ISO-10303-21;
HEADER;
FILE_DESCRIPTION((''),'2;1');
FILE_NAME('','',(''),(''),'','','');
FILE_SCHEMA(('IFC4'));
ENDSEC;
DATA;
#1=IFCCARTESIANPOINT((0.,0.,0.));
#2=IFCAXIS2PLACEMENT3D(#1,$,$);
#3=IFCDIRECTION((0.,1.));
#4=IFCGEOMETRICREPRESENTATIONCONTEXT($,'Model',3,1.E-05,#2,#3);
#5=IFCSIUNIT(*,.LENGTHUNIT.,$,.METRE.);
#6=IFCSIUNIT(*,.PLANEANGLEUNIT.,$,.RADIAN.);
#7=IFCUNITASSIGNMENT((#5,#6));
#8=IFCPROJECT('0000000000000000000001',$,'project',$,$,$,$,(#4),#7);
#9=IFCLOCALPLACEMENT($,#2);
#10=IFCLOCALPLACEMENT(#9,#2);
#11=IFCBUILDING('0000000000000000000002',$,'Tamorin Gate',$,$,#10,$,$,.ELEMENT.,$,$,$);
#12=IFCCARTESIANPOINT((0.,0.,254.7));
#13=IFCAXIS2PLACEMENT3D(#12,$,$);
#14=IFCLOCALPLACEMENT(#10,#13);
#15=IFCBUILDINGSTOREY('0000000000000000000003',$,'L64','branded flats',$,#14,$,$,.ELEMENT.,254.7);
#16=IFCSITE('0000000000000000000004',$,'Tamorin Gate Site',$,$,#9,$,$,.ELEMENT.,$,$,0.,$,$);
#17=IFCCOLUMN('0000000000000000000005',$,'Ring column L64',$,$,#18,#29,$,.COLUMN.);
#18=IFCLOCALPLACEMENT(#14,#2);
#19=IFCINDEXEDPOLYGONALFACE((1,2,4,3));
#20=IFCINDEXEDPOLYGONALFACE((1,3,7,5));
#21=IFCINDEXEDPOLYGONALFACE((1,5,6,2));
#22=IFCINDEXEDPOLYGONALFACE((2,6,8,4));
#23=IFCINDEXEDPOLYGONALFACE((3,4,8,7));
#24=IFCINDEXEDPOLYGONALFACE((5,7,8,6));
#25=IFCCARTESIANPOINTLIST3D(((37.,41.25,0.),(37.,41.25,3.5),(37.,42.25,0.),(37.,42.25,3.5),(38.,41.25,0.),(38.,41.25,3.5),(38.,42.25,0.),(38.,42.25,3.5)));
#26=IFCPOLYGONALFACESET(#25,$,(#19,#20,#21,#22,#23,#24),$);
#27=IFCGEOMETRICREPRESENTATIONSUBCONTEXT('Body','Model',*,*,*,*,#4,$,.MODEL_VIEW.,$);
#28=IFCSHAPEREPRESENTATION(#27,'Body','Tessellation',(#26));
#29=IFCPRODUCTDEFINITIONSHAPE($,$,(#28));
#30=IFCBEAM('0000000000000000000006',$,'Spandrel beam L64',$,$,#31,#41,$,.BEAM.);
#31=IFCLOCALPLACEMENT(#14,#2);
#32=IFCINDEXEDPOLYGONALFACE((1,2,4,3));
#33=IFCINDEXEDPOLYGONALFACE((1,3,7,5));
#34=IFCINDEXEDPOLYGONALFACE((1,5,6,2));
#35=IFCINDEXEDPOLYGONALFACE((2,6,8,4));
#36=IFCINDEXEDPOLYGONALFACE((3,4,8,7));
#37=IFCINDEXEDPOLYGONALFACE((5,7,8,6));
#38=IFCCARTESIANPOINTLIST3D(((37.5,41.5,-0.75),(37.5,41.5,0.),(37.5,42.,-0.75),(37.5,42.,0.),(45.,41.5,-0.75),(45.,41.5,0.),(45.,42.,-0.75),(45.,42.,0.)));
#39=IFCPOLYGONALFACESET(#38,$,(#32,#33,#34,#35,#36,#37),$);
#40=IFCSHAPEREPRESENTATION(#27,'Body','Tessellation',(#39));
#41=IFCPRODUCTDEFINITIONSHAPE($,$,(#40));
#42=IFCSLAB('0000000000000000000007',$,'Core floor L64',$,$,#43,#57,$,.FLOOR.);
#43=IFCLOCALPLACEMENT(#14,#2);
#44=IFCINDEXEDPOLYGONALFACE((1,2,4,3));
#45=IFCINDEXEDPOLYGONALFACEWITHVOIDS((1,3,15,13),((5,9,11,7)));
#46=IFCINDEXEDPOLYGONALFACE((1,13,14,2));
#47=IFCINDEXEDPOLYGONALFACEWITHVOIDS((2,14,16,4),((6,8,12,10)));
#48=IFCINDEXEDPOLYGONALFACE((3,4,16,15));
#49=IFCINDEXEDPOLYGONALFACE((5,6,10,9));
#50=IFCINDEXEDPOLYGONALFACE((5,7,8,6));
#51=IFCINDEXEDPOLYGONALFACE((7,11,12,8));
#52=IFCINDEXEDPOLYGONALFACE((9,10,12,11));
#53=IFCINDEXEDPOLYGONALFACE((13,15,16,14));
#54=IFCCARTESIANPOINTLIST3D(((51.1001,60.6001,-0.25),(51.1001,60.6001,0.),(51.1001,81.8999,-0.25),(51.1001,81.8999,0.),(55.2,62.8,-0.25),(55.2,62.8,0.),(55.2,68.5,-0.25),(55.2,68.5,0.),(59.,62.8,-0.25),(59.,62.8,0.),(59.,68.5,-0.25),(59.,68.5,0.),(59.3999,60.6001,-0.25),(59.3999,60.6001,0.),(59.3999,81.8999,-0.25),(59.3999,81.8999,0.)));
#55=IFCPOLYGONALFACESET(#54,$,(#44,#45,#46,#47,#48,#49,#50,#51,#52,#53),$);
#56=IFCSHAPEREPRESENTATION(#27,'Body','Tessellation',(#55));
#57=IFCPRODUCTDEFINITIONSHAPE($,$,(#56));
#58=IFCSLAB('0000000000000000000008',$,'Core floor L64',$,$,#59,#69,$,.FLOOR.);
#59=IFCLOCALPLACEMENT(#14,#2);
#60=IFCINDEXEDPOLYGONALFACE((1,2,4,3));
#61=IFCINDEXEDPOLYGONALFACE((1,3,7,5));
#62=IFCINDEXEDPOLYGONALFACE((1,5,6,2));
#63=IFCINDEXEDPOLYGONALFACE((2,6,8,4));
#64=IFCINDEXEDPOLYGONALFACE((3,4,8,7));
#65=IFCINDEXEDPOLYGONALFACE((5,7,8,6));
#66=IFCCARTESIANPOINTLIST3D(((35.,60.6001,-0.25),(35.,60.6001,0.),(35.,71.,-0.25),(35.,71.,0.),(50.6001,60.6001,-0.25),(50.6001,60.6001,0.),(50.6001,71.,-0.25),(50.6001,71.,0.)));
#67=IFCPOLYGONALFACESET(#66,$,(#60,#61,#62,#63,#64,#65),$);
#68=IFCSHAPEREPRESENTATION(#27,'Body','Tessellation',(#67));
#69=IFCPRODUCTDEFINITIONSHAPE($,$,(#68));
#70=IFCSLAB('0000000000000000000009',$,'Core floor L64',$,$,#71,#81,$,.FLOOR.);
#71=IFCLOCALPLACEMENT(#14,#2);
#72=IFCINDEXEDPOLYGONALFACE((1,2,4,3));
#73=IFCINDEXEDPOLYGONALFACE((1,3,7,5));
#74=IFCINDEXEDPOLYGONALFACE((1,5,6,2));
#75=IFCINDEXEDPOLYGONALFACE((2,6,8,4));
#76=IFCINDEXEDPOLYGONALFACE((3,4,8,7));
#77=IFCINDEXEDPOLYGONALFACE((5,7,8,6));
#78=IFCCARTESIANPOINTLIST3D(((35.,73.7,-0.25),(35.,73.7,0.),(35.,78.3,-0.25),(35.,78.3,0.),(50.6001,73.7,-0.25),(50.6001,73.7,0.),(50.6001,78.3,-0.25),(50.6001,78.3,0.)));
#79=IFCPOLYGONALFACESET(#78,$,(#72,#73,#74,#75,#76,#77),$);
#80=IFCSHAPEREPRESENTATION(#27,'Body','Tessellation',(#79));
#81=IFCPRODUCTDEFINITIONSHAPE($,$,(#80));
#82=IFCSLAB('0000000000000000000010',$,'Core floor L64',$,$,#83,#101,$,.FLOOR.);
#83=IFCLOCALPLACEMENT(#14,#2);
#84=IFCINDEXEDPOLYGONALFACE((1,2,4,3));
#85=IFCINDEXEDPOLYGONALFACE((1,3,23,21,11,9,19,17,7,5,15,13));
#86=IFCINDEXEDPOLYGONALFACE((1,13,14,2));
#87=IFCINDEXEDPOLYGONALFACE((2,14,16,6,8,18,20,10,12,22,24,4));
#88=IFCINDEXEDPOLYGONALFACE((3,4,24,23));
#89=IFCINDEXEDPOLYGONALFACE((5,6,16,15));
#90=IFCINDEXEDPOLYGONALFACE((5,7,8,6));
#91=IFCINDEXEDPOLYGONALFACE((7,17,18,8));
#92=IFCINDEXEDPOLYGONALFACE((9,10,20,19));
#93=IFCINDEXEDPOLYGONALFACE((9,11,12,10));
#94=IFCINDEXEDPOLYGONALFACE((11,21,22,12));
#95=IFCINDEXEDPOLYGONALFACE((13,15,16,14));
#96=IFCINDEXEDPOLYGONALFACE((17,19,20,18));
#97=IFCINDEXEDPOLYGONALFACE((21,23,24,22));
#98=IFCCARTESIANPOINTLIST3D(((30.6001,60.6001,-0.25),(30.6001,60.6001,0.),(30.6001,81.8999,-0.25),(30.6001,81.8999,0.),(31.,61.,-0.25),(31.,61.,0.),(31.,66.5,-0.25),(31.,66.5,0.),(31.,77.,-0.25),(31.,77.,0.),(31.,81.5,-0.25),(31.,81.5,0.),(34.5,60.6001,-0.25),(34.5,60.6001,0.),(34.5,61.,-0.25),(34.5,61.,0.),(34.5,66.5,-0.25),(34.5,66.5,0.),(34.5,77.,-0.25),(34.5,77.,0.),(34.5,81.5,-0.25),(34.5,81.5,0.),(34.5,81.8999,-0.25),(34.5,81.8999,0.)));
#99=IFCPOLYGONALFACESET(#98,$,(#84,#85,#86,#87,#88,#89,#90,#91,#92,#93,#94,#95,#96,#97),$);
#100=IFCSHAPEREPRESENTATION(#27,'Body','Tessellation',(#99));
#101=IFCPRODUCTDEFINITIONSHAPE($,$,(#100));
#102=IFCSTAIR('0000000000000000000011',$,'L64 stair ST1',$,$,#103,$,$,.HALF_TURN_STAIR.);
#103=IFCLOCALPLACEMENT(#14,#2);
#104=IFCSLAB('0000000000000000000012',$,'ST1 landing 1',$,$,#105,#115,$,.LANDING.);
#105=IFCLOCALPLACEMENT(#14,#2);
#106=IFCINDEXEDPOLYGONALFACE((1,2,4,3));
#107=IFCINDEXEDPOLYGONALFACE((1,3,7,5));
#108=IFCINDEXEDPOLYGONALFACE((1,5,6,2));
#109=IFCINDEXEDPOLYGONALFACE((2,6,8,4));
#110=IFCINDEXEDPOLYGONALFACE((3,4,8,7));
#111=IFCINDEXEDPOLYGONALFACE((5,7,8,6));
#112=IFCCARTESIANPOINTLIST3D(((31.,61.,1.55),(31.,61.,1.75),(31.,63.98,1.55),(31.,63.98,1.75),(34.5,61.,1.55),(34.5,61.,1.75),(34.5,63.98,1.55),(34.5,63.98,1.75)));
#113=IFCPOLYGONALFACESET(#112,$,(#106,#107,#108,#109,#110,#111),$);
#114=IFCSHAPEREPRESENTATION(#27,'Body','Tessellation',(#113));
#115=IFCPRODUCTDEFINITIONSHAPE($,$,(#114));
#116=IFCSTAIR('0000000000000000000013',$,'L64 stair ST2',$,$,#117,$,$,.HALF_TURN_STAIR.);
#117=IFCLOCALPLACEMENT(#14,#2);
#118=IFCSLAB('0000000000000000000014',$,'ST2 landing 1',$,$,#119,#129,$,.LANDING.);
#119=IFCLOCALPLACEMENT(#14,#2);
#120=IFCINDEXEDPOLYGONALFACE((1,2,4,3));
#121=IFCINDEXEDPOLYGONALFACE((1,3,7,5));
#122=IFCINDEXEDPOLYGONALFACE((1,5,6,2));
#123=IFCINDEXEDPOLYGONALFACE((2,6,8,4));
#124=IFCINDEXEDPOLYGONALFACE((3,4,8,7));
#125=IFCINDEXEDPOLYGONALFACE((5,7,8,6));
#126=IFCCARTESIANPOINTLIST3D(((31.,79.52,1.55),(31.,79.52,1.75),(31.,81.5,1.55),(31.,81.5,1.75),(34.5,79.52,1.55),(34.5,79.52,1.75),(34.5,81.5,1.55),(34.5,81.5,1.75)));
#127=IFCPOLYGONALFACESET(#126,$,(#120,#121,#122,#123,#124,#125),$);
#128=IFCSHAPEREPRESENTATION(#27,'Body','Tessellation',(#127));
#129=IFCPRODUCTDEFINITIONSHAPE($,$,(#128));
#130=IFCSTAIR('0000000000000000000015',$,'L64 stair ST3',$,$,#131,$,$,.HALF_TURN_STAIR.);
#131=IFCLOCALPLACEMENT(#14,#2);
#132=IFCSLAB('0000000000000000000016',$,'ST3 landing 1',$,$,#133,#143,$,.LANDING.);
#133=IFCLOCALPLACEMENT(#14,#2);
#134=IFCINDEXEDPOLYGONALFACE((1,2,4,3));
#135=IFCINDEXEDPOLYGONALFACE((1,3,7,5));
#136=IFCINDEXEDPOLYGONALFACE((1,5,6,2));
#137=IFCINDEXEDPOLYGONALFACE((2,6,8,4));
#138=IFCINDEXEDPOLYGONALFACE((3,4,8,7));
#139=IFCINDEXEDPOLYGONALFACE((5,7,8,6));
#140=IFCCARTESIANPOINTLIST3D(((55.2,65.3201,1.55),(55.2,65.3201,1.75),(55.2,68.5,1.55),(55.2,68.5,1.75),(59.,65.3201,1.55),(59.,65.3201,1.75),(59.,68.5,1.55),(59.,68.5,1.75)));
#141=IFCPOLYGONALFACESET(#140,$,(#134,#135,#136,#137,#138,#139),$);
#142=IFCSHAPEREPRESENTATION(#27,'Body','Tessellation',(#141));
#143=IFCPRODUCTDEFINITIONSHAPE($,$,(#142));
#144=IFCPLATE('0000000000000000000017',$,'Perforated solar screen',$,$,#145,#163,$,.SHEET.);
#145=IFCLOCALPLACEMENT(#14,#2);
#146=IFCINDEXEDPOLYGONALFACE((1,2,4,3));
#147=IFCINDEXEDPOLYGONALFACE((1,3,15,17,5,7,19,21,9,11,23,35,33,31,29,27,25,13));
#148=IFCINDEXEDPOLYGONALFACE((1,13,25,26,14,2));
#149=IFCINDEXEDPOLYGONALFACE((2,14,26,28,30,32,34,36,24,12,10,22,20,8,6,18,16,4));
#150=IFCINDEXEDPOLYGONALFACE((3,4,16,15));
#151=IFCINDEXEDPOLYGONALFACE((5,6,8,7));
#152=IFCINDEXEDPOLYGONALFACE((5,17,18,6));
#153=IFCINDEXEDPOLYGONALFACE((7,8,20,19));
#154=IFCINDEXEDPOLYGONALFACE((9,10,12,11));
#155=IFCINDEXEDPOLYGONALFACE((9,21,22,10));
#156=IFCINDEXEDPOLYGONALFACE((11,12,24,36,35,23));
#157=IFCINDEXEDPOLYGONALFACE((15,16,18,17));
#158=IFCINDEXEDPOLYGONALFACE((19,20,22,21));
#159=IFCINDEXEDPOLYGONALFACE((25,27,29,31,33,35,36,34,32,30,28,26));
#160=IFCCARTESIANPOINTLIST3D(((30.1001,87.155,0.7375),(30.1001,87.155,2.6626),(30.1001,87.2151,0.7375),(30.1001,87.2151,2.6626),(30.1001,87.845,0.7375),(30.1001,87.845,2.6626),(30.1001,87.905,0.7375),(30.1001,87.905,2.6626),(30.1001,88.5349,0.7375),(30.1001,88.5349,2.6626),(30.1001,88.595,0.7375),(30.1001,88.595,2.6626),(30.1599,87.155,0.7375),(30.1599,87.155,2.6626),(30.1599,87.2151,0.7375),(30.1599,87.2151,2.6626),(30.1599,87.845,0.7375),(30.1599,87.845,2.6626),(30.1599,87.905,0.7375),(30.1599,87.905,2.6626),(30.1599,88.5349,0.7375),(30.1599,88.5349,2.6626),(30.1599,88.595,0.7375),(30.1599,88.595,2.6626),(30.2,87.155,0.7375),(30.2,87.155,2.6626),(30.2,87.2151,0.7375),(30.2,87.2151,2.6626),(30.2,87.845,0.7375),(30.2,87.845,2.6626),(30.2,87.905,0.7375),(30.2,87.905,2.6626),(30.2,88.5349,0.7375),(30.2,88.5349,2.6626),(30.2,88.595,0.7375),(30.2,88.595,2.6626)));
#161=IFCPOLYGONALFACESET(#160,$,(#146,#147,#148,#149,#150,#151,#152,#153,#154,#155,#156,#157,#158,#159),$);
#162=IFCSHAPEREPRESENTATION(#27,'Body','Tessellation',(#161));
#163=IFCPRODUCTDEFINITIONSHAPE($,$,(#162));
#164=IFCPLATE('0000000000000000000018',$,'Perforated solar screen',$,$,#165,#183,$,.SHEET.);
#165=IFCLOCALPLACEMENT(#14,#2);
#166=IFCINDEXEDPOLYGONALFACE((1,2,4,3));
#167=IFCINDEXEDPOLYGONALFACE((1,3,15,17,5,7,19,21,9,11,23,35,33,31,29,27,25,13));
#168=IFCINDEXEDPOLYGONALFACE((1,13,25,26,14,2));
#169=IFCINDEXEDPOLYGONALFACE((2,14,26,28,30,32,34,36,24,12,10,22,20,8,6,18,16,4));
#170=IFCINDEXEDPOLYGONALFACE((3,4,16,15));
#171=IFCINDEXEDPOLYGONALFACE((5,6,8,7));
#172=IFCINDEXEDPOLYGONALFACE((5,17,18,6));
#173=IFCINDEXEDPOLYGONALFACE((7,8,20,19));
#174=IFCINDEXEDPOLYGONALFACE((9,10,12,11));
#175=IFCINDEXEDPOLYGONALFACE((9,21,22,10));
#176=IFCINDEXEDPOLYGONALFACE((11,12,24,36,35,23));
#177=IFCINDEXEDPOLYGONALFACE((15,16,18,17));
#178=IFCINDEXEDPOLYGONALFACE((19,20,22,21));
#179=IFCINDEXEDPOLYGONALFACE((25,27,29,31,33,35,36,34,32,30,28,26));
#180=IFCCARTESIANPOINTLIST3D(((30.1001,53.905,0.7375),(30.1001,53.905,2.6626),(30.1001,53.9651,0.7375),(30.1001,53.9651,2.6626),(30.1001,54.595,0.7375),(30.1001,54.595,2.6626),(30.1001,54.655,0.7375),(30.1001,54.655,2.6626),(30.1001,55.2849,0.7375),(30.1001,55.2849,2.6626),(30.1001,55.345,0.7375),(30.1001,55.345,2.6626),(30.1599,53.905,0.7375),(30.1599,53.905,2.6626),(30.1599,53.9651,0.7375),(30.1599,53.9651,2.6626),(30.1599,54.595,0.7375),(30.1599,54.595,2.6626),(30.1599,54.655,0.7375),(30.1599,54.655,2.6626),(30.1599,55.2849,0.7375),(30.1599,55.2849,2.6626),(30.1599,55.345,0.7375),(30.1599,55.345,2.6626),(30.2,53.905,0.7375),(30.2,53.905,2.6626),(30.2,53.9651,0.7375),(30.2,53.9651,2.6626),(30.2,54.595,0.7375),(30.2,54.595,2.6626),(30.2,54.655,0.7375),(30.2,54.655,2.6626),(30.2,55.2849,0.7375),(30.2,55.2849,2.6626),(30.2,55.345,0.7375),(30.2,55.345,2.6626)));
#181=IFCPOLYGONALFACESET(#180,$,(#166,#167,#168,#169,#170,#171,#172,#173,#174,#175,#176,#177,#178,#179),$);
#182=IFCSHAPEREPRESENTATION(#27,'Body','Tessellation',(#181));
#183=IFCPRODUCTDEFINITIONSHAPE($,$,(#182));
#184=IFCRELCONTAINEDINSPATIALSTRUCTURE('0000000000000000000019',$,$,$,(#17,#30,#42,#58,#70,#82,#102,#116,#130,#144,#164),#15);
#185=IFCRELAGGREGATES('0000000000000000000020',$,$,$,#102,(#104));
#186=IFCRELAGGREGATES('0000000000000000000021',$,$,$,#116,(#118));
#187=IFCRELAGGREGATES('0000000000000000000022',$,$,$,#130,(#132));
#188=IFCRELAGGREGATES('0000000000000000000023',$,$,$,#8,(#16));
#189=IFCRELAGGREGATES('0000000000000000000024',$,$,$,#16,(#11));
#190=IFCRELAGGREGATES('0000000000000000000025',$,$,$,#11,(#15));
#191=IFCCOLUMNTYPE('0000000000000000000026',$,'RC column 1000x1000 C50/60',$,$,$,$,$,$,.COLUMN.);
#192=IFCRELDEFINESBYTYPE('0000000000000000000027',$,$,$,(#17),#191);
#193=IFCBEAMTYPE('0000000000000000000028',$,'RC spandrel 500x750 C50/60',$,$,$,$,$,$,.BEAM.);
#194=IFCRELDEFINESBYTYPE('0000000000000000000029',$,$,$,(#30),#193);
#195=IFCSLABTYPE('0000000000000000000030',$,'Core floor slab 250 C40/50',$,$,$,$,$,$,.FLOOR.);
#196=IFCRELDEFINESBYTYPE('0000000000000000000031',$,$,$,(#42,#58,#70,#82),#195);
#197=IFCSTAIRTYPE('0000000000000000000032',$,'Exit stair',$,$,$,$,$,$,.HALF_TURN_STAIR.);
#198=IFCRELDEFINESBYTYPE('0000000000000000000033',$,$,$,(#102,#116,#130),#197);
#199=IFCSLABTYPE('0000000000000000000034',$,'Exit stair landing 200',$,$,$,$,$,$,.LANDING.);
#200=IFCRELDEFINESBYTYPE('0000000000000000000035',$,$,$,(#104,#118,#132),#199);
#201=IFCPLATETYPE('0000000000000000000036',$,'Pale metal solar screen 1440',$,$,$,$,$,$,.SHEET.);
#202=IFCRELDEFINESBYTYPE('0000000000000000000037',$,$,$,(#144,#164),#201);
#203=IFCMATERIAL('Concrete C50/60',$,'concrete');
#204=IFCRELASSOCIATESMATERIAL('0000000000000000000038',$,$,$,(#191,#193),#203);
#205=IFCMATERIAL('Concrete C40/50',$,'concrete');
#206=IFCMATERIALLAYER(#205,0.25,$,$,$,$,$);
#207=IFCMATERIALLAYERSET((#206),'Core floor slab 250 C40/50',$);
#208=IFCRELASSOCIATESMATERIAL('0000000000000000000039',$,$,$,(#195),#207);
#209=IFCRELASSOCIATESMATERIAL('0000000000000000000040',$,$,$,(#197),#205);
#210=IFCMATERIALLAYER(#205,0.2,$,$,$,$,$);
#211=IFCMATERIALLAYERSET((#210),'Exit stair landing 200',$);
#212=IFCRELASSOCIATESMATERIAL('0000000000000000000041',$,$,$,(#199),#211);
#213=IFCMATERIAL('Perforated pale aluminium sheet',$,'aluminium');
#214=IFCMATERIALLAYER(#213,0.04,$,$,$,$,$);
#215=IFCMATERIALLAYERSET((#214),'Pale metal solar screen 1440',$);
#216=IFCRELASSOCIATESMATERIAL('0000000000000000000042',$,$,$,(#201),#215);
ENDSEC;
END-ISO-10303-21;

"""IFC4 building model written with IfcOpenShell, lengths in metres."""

from ifc_helpers import new_model, si_unit, direction, frame, origin, origin_2d, place, context, subcontext, project, spatial, polyline, rectangle, outline, extrude, material, layer, layer_set, material_profile, profile_set, type_object, element, aggregate, save


model = new_model("IFC4")

# Units and contexts
model_context = context("Model", 3, precision=1e-05, world=origin(), true_north=direction((0.0, 1.0)))
body_context = subcontext(model_context, "Body", "Model", "MODEL_VIEW")
ifc_project = project(units=[si_unit("LENGTHUNIT", "METRE"), si_unit("PLANEANGLEUNIT", "RADIAN")], contexts=[model_context])

# Site, building, storey
site_placement = place(None, origin())
site = spatial("IfcSite", under=ifc_project, at=site_placement, Name="Tamorin Gate Site", CompositionType="ELEMENT", RefElevation=0.0)
building_placement = place(site_placement, origin())
building = spatial("IfcBuilding", under=site, at=building_placement, Name="Tamorin Gate", CompositionType="ELEMENT")
storey_placement = place(building_placement, frame((0.0, 0.0, 254.7)))
storey = spatial("IfcBuildingStorey", under=building, at=storey_placement, Name="L64", Description="branded flats", CompositionType="ELEMENT", Elevation=254.7)

# Column
ifc_material_1 = material(Name="Concrete C50/60", Category="concrete")
ifc_material_profile_1 = material_profile(ifc_material_1, rectangle(XDim=1.0, YDim=1.0, at=origin_2d()), Name="RC 1000x1000")
ifc_profile_set_1 = profile_set([ifc_material_profile_1], Name="Concrete C50/60")
column_type = type_object("IfcColumnType", Name="RC column 1000x1000 C50/60", PredefinedType="COLUMN", material=ifc_profile_set_1)
column_placement = place(storey_placement, frame((37.5, 41.75, 0.0), z_axis=(0.0, 0.0, 1.0), x_axis=(1.0, 0.0, 0.0)))
element("IfcColumn", 1, at=column_placement, inside=storey, type_object=column_type, Name="Ring column L64", PredefinedType="COLUMN", context=body_context, shape_type="SweptSolid", body=[
    extrude(rectangle(XDim=1.0, YDim=1.0, at=origin_2d()), origin(), (0.0, 0.0, 1.0), 3.5),
])

# Beam
ifc_material_profile_2 = material_profile(ifc_material_1, rectangle(XDim=0.5, YDim=0.75, at=origin_2d()), Name="RC 500x750")
ifc_profile_set_2 = profile_set([ifc_material_profile_2], Name="Concrete C50/60")
beam_type = type_object("IfcBeamType", Name="RC spandrel 500x750 C50/60", PredefinedType="BEAM", material=ifc_profile_set_2)
beam_placement = place(storey_placement, frame((37.5, 41.75, -0.375), z_axis=(1.0, 0.0, 0.0), x_axis=(0.0, 1.0, 0.0)))
element("IfcBeam", 2, at=beam_placement, inside=storey, type_object=beam_type, Name="Spandrel beam L64", PredefinedType="BEAM", context=body_context, shape_type="SweptSolid", body=[
    extrude(rectangle(XDim=0.5, YDim=0.75, at=origin_2d()), origin(), (0.0, 0.0, 1.0), 7.5),
])

# Slabs
ifc_material_2 = material(Name="Concrete C40/50", Category="concrete")
ifc_layer_1 = layer(ifc_material_2, 0.25)
ifc_layer_set_1 = layer_set([ifc_layer_1], Name="Core floor slab 250 C40/50")
slab_type_1 = type_object("IfcSlabType", Name="Core floor slab 250 C40/50", PredefinedType="FLOOR", material=ifc_layer_set_1)
slab_1_placement = place(storey_placement, frame((0.0, 0.0, -0.25)))
element("IfcSlab", 3, at=slab_1_placement, inside=storey, type_object=slab_type_1, Name="Core floor L64", PredefinedType="FLOOR", context=body_context, shape_type="SweptSolid", body=[
    extrude(outline(polyline([(51.1001, 81.8999), (59.3999, 81.8999), (59.3999, 60.6001), (51.1001, 60.6001), (51.1001, 81.8999)]), holes=[polyline([(55.2, 62.8), (59.0, 62.8), (59.0, 68.5), (55.2, 68.5), (55.2, 62.8)])]), origin(), (0.0, 0.0, 1.0), 0.25),
])
slab_2_placement = place(storey_placement, frame((0.0, 0.0, -0.25)))
element("IfcSlab", 4, at=slab_2_placement, inside=storey, type_object=slab_type_1, Name="Core floor L64", PredefinedType="FLOOR", context=body_context, shape_type="SweptSolid", body=[
    extrude(outline(polyline([(50.6001, 71.0), (50.6001, 60.6001), (35.0, 60.6001), (35.0, 71.0), (50.6001, 71.0)])), origin(), (0.0, 0.0, 1.0), 0.25),
])
slab_3_placement = place(storey_placement, frame((0.0, 0.0, -0.25)))
element("IfcSlab", 5, at=slab_3_placement, inside=storey, type_object=slab_type_1, Name="Core floor L64", PredefinedType="FLOOR", context=body_context, shape_type="SweptSolid", body=[
    extrude(outline(polyline([(50.6001, 73.7), (35.0, 73.7), (35.0, 78.3), (50.6001, 78.3), (50.6001, 73.7)])), origin(), (0.0, 0.0, 1.0), 0.25),
])
slab_4_placement = place(storey_placement, frame((0.0, 0.0, -0.25)))
element("IfcSlab", 6, at=slab_4_placement, inside=storey, type_object=slab_type_1, Name="Core floor L64", PredefinedType="FLOOR", context=body_context, shape_type="SweptSolid", body=[
    extrude(outline(polyline([(34.5, 60.6001), (30.6001, 60.6001), (30.6001, 81.8999), (34.5, 81.8999), (34.5, 81.5), (31.0, 81.5), (31.0, 77.0), (34.5, 77.0), (34.5, 66.5), (31.0, 66.5), (31.0, 61.0), (34.5, 61.0), (34.5, 60.6001)])), origin(), (0.0, 0.0, 1.0), 0.25),
])

# Stairs, slabs
stair_type = type_object("IfcStairType", Name="Exit stair", PredefinedType="HALF_TURN_STAIR", material=ifc_material_2)
stair_1_placement = place(storey_placement, origin())
stair_1 = element("IfcStair", 7, at=stair_1_placement, inside=storey, type_object=stair_type, Name="L64 stair ST1", PredefinedType="HALF_TURN_STAIR")
ifc_layer_2 = layer(ifc_material_2, 0.2)
ifc_layer_set_2 = layer_set([ifc_layer_2], Name="Exit stair landing 200")
slab_type_2 = type_object("IfcSlabType", Name="Exit stair landing 200", PredefinedType="LANDING", material=ifc_layer_set_2)
slab_5_placement = place(storey_placement, frame((0.0, 0.0, 1.55)))
slab_5 = element("IfcSlab", 8, at=slab_5_placement, type_object=slab_type_2, Name="ST1 landing 1", PredefinedType="LANDING", context=body_context, shape_type="SweptSolid", body=[
    extrude(outline(polyline([(31.0, 63.98), (31.0, 61.0), (34.5, 61.0), (34.5, 63.98), (31.0, 63.98)])), origin(), (0.0, 0.0, 1.0), 0.2),
])
aggregate(stair_1, [slab_5])
stair_2_placement = place(storey_placement, origin())
stair_2 = element("IfcStair", 9, at=stair_2_placement, inside=storey, type_object=stair_type, Name="L64 stair ST2", PredefinedType="HALF_TURN_STAIR")
slab_6_placement = place(storey_placement, frame((0.0, 0.0, 1.55)))
slab_6 = element("IfcSlab", 10, at=slab_6_placement, type_object=slab_type_2, Name="ST2 landing 1", PredefinedType="LANDING", context=body_context, shape_type="SweptSolid", body=[
    extrude(outline(polyline([(34.5, 79.52), (34.5, 81.5), (31.0, 81.5), (31.0, 79.52), (34.5, 79.52)])), origin(), (0.0, 0.0, 1.0), 0.2),
])
aggregate(stair_2, [slab_6])
stair_3_placement = place(storey_placement, origin())
stair_3 = element("IfcStair", 11, at=stair_3_placement, inside=storey, type_object=stair_type, Name="L64 stair ST3", PredefinedType="HALF_TURN_STAIR")
slab_7_placement = place(storey_placement, frame((0.0, 0.0, 1.55)))
slab_7 = element("IfcSlab", 12, at=slab_7_placement, type_object=slab_type_2, Name="ST3 landing 1", PredefinedType="LANDING", context=body_context, shape_type="SweptSolid", body=[
    extrude(outline(polyline([(59.0, 65.3201), (59.0, 68.5), (55.2, 68.5), (55.2, 65.3201), (59.0, 65.3201)])), origin(), (0.0, 0.0, 1.0), 0.2),
])
aggregate(stair_3, [slab_7])

# Plates
ifc_material_3 = material(Name="Perforated pale aluminium sheet", Category="aluminium")
ifc_layer_3 = layer(ifc_material_3, 0.04)
ifc_layer_set_3 = layer_set([ifc_layer_3], Name="Pale metal solar screen 1440")
plate_type = type_object("IfcPlateType", Name="Pale metal solar screen 1440", PredefinedType="SHEET", material=ifc_layer_set_3)
plate_1_placement = place(storey_placement, frame((0.0, 0.0, 0.7375)))
element("IfcPlate", 13, at=plate_1_placement, inside=storey, type_object=plate_type, Name="Perforated solar screen", PredefinedType="SHEET", context=body_context, shape_type="SweptSolid", body=[
    extrude(outline(polyline([(30.1599, 88.595), (30.2, 88.595), (30.2, 88.5349), (30.2, 87.905), (30.2, 87.845), (30.2, 87.2151), (30.2, 87.155), (30.2, 87.155), (30.1599, 87.155), (30.1599, 87.155), (30.1001, 87.155), (30.1001, 87.2151), (30.1599, 87.2151), (30.1599, 87.845), (30.1001, 87.845), (30.1001, 87.905), (30.1599, 87.905), (30.1599, 88.5349), (30.1001, 88.5349), (30.1001, 88.595), (30.1599, 88.595)])), origin(), (0.0, 0.0, 1.0), 1.925),
])
plate_2_placement = place(storey_placement, frame((0.0, 0.0, 0.7375)))
element("IfcPlate", 14, at=plate_2_placement, inside=storey, type_object=plate_type, Name="Perforated solar screen", PredefinedType="SHEET", context=body_context, shape_type="SweptSolid", body=[
    extrude(outline(polyline([(30.1599, 55.345), (30.2, 55.345), (30.2, 55.2849), (30.2, 54.655), (30.2, 54.595), (30.2, 53.9651), (30.2, 53.905), (30.1599, 53.905), (30.1001, 53.905), (30.1001, 53.9651), (30.1599, 53.9651), (30.1599, 54.595), (30.1001, 54.595), (30.1001, 54.655), (30.1599, 54.655), (30.1599, 55.2849), (30.1001, 55.2849), (30.1001, 55.345), (30.1599, 55.345)])), origin(), (0.0, 0.0, 1.0), 1.925),
])

save(model, "model.ifc")
